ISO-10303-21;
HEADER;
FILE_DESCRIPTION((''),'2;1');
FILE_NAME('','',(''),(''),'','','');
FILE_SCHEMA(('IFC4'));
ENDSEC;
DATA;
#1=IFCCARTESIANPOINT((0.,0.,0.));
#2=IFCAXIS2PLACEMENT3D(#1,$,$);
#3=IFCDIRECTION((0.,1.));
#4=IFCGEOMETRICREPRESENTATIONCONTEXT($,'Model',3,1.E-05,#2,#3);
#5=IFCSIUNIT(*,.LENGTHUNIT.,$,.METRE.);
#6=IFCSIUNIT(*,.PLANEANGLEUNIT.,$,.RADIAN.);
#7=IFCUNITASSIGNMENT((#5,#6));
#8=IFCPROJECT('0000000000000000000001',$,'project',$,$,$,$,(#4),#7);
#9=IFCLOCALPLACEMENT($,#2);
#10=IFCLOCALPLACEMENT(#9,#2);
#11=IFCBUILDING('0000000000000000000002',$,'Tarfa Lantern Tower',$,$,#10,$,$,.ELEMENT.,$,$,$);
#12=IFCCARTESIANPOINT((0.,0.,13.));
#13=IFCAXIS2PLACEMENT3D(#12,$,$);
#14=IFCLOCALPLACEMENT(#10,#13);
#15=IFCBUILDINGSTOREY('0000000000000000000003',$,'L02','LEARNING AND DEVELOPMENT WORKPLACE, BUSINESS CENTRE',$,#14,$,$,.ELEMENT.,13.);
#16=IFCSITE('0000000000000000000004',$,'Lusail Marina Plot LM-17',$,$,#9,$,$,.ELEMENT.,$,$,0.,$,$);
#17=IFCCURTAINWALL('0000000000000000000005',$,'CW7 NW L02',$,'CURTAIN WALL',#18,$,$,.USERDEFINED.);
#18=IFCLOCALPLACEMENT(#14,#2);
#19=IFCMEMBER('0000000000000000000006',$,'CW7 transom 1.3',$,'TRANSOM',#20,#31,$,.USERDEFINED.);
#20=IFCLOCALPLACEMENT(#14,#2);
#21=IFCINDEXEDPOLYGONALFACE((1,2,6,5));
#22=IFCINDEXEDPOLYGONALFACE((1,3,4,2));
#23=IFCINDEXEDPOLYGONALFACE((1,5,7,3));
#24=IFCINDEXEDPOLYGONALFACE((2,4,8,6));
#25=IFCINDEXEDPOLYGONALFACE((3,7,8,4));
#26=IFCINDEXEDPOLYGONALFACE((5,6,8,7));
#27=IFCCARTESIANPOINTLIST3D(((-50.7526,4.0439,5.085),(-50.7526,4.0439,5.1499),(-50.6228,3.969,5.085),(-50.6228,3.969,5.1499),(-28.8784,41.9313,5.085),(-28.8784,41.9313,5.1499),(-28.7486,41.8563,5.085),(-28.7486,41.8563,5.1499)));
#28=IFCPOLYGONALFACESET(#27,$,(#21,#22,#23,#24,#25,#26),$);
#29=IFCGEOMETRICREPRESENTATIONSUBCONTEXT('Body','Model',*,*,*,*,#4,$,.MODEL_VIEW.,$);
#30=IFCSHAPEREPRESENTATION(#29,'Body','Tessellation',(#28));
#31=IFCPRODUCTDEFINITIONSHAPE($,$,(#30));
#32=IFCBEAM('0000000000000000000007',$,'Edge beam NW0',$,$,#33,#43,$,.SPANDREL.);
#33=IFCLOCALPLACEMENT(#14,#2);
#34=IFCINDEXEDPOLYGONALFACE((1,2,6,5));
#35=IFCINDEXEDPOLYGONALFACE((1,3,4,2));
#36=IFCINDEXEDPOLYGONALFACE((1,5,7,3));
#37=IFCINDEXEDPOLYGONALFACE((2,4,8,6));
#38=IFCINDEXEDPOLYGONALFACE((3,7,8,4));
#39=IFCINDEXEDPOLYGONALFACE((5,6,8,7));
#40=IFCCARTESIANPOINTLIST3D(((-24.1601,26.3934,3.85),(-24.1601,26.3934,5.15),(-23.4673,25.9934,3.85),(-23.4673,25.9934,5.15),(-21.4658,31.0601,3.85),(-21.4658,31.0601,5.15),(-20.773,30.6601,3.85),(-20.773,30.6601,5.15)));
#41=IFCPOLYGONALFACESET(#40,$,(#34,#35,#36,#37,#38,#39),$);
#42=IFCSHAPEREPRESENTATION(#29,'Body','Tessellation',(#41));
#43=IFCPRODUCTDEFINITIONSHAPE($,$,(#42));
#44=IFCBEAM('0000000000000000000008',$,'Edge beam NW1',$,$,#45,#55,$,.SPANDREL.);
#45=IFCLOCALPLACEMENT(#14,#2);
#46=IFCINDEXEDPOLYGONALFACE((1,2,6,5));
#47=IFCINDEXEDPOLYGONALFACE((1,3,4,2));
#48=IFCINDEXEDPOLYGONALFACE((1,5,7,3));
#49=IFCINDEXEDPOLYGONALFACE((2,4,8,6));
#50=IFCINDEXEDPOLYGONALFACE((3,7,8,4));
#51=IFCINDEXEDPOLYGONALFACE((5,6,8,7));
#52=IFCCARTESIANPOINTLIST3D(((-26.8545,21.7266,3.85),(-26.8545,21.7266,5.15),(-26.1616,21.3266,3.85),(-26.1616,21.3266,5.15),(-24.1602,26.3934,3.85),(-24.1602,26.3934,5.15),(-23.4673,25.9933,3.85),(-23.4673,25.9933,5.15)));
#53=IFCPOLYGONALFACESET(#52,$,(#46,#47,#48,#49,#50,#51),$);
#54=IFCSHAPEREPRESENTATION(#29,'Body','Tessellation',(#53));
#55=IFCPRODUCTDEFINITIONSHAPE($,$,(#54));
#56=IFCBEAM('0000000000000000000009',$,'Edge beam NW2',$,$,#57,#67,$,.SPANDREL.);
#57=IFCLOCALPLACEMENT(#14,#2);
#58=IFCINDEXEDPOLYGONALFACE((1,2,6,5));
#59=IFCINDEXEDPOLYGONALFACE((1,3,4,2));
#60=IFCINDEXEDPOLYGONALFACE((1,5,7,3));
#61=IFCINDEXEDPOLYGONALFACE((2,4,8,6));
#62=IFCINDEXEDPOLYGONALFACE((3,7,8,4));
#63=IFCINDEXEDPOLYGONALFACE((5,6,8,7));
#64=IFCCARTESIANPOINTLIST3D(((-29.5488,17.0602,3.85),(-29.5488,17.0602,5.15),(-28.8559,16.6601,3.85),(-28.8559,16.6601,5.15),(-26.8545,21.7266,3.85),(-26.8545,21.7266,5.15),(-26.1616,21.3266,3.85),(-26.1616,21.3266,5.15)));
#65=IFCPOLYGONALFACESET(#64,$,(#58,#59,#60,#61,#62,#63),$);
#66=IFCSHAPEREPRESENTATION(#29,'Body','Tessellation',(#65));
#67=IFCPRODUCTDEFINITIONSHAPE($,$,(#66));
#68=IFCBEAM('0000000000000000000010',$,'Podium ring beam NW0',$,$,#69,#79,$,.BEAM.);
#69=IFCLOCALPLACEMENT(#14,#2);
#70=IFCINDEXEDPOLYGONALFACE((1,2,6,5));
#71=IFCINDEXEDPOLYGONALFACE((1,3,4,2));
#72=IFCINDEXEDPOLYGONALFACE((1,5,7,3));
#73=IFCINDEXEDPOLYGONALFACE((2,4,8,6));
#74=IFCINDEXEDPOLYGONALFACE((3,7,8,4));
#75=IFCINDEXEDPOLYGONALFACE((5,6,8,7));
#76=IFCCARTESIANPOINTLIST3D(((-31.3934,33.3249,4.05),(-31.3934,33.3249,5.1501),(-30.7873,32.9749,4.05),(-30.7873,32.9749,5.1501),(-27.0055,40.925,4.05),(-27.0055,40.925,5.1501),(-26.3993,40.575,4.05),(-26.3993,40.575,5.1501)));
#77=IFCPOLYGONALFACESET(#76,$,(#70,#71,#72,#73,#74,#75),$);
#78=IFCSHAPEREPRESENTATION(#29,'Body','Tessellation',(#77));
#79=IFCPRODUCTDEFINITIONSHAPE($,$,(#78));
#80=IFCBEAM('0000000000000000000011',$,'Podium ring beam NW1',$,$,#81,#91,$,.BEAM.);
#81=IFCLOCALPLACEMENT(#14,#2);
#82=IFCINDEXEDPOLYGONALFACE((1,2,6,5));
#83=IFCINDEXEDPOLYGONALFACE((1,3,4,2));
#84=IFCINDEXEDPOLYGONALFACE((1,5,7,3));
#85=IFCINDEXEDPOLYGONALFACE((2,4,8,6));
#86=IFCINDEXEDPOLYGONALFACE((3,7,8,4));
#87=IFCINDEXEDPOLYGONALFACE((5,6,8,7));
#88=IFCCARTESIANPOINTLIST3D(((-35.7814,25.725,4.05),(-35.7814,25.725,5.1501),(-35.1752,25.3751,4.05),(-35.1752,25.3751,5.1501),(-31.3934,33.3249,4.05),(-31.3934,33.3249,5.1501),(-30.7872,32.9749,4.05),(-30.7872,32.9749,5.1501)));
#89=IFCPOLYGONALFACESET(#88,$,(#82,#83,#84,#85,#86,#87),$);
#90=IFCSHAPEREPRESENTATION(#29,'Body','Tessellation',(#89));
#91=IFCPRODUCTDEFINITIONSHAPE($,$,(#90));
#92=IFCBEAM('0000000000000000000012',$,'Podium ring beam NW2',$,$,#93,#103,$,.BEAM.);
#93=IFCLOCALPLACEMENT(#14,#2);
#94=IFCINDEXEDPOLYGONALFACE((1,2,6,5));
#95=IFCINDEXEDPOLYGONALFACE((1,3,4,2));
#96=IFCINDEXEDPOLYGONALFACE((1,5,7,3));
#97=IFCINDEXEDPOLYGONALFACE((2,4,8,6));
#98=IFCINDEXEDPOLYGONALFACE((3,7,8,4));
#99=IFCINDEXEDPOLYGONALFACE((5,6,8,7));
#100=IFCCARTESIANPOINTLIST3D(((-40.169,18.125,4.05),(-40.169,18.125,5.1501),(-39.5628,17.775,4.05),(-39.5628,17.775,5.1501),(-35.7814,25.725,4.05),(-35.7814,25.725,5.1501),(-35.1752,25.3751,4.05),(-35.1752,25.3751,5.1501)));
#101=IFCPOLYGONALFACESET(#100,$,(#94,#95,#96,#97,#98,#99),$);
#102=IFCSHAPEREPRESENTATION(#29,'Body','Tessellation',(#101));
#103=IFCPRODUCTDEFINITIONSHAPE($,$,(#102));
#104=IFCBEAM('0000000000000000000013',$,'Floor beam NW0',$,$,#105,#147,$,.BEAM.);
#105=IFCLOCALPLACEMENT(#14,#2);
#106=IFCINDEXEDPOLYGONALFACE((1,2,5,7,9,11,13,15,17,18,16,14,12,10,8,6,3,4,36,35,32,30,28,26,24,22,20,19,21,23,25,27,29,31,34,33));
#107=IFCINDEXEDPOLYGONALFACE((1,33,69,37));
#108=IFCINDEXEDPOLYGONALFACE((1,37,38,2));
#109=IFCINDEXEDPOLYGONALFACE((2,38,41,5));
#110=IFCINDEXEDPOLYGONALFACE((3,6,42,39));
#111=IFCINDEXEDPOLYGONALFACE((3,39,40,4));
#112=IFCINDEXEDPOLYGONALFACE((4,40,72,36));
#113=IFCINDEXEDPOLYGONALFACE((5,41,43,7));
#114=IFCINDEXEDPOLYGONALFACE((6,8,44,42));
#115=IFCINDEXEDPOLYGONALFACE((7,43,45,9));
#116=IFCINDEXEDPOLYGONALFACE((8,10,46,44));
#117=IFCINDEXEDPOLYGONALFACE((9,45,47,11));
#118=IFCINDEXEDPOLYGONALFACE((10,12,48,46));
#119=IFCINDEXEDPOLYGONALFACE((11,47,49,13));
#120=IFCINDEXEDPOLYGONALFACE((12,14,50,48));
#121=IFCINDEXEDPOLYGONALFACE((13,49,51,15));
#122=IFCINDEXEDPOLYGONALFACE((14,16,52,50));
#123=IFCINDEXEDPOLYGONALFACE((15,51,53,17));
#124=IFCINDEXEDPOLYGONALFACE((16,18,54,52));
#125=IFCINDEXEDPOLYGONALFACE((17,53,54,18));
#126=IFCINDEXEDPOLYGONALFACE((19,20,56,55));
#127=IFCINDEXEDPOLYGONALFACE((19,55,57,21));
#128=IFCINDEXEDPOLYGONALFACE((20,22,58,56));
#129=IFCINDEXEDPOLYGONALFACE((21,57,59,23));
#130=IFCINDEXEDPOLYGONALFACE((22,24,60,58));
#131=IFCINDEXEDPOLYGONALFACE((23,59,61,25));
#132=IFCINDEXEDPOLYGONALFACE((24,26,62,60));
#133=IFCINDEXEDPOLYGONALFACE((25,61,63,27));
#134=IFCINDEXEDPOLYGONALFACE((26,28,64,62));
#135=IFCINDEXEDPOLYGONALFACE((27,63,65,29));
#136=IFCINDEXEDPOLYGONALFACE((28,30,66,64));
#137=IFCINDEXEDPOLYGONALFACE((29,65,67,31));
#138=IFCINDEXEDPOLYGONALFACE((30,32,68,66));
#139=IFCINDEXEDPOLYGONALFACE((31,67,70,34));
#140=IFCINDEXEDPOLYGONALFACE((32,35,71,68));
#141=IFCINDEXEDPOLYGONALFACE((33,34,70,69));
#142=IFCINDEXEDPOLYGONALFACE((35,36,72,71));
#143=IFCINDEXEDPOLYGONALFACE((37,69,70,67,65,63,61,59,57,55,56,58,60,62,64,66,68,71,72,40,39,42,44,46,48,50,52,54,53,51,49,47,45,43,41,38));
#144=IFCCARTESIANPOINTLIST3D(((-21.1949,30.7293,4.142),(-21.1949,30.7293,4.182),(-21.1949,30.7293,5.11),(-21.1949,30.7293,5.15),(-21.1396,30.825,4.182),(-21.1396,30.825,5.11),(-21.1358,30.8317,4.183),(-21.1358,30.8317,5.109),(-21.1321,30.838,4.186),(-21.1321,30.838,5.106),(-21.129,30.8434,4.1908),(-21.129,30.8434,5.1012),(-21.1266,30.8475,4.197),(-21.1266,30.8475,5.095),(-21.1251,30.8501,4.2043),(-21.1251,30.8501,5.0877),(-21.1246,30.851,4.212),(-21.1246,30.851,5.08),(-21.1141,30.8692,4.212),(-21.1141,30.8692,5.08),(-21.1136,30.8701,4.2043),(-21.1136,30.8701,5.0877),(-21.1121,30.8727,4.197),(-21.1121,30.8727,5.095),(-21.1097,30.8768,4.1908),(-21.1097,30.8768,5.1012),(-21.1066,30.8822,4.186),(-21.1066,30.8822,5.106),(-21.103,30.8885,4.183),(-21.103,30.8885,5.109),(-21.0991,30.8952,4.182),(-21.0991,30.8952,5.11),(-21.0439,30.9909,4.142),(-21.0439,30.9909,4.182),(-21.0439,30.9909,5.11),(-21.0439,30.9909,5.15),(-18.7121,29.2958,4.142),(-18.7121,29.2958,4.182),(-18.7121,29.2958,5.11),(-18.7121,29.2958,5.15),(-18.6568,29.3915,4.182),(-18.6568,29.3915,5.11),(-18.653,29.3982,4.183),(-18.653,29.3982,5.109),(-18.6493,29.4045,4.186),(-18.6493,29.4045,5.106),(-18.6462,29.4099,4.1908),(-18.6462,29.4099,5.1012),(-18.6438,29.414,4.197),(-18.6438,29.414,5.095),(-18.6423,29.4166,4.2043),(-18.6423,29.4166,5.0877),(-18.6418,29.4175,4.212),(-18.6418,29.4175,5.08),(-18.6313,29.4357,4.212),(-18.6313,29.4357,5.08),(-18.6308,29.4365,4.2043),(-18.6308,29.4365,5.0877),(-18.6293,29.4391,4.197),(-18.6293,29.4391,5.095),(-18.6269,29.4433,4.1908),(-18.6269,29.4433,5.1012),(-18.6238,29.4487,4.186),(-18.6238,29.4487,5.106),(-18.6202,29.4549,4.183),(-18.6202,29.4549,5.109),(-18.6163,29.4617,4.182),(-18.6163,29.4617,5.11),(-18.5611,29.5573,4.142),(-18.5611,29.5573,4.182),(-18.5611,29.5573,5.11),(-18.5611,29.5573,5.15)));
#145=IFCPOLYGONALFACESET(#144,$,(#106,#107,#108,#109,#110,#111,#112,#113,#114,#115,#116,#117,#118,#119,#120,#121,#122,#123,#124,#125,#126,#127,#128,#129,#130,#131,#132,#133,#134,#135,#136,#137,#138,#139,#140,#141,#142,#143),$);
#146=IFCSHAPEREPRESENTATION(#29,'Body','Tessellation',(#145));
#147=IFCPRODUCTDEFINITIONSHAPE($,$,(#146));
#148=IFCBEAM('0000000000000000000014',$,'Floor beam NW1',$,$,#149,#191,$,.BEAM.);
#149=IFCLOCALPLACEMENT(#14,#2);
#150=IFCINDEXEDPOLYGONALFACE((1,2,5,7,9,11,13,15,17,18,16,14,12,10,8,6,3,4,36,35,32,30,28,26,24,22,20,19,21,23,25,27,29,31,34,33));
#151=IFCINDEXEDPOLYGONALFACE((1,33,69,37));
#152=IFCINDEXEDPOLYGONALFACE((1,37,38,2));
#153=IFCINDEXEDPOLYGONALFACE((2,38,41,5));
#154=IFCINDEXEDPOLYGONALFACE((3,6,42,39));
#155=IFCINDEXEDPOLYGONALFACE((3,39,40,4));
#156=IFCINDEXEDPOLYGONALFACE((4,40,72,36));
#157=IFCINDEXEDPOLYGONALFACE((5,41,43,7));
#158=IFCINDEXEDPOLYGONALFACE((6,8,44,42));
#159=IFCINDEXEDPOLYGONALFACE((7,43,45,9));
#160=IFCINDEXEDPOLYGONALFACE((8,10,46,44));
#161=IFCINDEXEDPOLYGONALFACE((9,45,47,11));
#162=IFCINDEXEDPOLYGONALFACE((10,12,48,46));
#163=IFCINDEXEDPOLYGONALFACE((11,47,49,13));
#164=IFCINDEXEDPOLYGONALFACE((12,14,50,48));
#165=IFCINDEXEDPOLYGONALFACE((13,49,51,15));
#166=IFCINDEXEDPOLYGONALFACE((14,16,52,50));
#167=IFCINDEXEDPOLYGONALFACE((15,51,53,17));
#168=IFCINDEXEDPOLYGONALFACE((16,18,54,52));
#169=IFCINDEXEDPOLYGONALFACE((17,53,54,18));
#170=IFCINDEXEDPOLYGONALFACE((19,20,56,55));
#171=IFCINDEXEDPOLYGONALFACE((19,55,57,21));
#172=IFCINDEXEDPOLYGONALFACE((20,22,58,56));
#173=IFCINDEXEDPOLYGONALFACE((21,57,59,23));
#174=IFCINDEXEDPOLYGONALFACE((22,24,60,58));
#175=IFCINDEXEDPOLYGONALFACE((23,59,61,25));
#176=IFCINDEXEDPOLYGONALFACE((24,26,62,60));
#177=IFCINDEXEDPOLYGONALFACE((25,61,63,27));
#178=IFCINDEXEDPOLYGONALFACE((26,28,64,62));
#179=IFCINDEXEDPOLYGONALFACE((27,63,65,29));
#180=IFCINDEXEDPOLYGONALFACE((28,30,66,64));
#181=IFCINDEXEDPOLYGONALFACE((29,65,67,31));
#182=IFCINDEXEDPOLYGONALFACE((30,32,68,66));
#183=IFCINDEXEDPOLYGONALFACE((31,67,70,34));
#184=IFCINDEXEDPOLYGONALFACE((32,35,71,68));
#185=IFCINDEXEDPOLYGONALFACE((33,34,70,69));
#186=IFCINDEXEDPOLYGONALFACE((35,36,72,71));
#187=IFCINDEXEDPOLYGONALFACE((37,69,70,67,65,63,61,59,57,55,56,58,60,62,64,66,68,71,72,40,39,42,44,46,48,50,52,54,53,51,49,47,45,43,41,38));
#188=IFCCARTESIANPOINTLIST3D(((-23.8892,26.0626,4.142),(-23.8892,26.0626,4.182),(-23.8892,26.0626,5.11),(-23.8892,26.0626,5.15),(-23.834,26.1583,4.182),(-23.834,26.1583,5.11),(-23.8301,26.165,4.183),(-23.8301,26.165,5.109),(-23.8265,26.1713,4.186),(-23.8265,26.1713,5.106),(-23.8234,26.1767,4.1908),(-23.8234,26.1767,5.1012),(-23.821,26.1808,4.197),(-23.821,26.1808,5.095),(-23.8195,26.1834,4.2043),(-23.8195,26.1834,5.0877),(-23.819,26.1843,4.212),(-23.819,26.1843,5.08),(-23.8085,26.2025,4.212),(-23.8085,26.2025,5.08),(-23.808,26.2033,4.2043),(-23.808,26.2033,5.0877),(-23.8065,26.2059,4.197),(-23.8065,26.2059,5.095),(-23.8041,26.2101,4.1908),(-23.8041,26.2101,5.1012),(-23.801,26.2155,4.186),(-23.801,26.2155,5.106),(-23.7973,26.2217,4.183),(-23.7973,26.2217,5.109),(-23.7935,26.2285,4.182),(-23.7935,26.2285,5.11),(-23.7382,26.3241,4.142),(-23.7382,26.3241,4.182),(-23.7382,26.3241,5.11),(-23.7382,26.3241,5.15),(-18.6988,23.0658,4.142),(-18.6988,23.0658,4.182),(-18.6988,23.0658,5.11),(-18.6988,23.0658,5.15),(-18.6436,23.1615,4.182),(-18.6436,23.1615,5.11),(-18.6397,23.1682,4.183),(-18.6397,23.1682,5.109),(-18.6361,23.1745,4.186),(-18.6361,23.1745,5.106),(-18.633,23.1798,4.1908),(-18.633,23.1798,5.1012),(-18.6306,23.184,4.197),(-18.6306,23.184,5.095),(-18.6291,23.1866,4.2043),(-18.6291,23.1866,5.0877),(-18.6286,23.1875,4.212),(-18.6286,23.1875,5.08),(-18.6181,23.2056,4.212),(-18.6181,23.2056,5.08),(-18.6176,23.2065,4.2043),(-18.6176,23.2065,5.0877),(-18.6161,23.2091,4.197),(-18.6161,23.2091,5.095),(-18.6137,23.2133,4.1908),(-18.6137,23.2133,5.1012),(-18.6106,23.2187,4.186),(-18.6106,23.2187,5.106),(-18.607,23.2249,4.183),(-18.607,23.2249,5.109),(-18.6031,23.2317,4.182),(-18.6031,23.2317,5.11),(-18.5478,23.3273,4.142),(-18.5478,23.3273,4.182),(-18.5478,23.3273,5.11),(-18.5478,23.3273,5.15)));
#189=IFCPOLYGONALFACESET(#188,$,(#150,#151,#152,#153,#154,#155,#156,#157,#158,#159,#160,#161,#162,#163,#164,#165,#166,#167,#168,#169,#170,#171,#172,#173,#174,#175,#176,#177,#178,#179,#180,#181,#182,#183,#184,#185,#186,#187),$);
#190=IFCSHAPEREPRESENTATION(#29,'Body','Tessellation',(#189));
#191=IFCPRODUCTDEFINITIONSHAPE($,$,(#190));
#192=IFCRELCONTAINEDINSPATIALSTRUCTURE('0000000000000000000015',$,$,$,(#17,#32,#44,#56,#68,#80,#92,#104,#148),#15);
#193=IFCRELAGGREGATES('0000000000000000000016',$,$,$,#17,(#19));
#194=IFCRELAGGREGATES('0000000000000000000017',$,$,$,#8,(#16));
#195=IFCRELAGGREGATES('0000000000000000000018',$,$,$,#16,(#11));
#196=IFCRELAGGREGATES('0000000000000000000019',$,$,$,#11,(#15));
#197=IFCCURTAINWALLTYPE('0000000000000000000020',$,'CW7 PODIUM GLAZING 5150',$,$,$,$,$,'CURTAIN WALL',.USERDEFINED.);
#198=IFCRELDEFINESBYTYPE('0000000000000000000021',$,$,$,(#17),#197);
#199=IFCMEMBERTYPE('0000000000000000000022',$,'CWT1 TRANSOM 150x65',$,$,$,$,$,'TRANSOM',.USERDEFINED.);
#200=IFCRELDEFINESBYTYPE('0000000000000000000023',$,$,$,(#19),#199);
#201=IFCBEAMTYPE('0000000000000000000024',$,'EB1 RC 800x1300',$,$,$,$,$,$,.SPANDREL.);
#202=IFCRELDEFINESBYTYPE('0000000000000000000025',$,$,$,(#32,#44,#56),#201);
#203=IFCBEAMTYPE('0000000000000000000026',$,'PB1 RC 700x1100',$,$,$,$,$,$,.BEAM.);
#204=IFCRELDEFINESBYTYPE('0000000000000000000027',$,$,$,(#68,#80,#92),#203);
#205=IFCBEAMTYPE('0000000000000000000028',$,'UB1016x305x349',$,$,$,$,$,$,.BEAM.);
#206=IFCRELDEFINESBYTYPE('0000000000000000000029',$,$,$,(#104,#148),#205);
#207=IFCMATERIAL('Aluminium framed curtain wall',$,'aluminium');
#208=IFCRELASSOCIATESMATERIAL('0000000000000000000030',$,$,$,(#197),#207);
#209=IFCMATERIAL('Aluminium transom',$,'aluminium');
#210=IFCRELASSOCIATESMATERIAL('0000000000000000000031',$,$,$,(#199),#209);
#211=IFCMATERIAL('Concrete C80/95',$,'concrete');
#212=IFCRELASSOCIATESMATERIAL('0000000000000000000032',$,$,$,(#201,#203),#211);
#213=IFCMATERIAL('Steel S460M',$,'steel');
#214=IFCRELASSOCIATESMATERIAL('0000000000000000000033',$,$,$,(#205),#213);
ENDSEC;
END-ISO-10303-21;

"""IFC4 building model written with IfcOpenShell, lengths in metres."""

from ifc_helpers import new_model, si_unit, direction, frame, origin, origin_2d, place, context, subcontext, project, spatial, rectangle, i_section, extrude, material, material_profile, profile_set, type_object, element, aggregate, save


model = new_model("IFC4")

# Units and contexts
model_context = context("Model", 3, precision=1e-05, world=origin(), true_north=direction((0.0, 1.0)))
body_context = subcontext(model_context, "Body", "Model", "MODEL_VIEW")
ifc_project = project(units=[si_unit("LENGTHUNIT", "METRE"), si_unit("PLANEANGLEUNIT", "RADIAN")], contexts=[model_context])

# Site, building, storey
site_placement = place(None, origin())
site = spatial("IfcSite", under=ifc_project, at=site_placement, Name="Lusail Marina Plot LM-17", CompositionType="ELEMENT", RefElevation=0.0)
building_placement = place(site_placement, origin())
building = spatial("IfcBuilding", under=site, at=building_placement, Name="Tarfa Lantern Tower", CompositionType="ELEMENT")
storey_placement = place(building_placement, frame((0.0, 0.0, 13.0)))
storey = spatial("IfcBuildingStorey", under=building, at=storey_placement, Name="L02", Description="LEARNING AND DEVELOPMENT WORKPLACE, BUSINESS CENTRE", CompositionType="ELEMENT", Elevation=13.0)

# Shared definitions
ifc_material_1 = material(Name="Concrete C80/95", Category="concrete")

# Shared definitions
ifc_material_2 = material(Name="Aluminium framed curtain wall", Category="aluminium")
curtain_wall_type = type_object("IfcCurtainWallType", Name="CW7 PODIUM GLAZING 5150", ElementType="CURTAIN WALL", PredefinedType="USERDEFINED", material=ifc_material_2)

# Curtain wall, member
curtain_wall_1_placement = place(storey_placement, origin())
curtain_wall_1 = element("IfcCurtainWall", 1, at=curtain_wall_1_placement, inside=storey, type_object=curtain_wall_type, Name="CW7 NW L02", ObjectType="CURTAIN WALL", PredefinedType="USERDEFINED")
ifc_material_3 = material(Name="Aluminium transom", Category="aluminium")
ifc_material_profile_1 = material_profile(ifc_material_3, rectangle(XDim=0.1499, YDim=0.0649, at=origin_2d()), Name="AL TRANSOM 150x65")
ifc_profile_set_1 = profile_set([ifc_material_profile_1], Name="Aluminium transom")
member_type_1 = type_object("IfcMemberType", Name="CWT1 TRANSOM 150x65", ElementType="TRANSOM", PredefinedType="USERDEFINED", material=ifc_profile_set_1)
member_1_placement = place(storey_placement, frame((-28.8135, 41.8938, 5.1174), z_axis=(-0.499999, -0.866026, 0.0), x_axis=(0.866026, -0.499999, 0.0)))
member_1 = element("IfcMember", 2, at=member_1_placement, type_object=member_type_1, Name="CW7 transom 1.3", ObjectType="TRANSOM", PredefinedType="USERDEFINED", context=body_context, shape_type="SweptSolid", body=[
    extrude(rectangle(XDim=0.1499, YDim=0.0649, at=origin_2d()), origin(), (0.0, 0.0, 1.0), 43.7485),
])

# Beams
ifc_material_profile_2 = material_profile(ifc_material_1, rectangle(XDim=0.8, YDim=1.3, at=origin_2d()), Name="RC 800x1300")
ifc_profile_set_2 = profile_set([ifc_material_profile_2], Name="Concrete C80/95")
beam_type_1 = type_object("IfcBeamType", Name="EB1 RC 800x1300", PredefinedType="SPANDREL", material=ifc_profile_set_2)
for number, where, z_axis, x_axis, name in (
    (3, (-21.1194, 30.8601, 4.5), (-0.499998, -0.866026, 0.0), (0.866026, -0.499998, 0.0), "Edge beam NW0"),
    (4, (-23.8137, 26.1934, 4.5), (-0.499998, -0.866026, 0.0), (0.866026, -0.499998, 0.0), "Edge beam NW1"),
):
    element("IfcBeam", number, at=place(storey_placement, frame(where, z_axis=z_axis, x_axis=x_axis)), inside=storey, type_object=beam_type_1, Name=name, PredefinedType="SPANDREL", context=body_context, shape_type="SweptSolid", body=[
        extrude(rectangle(XDim=0.8, YDim=1.3, at=origin_2d()), origin(), (0.0, 0.0, 1.0), 5.3887),
    ])
beam_1_placement = place(storey_placement, frame((-26.5081, 21.5266, 4.5), z_axis=(-0.500018, -0.866015, 0.0), x_axis=(0.866015, -0.500018, 0.0)))
element("IfcBeam", 5, at=beam_1_placement, inside=storey, type_object=beam_type_1, Name="Edge beam NW2", PredefinedType="SPANDREL", context=body_context, shape_type="SweptSolid", body=[
    extrude(rectangle(XDim=0.8, YDim=1.3, at=origin_2d()), origin(), (0.0, 0.0, 1.0), 5.3884),
])
ifc_material_profile_3 = material_profile(ifc_material_1, rectangle(XDim=0.7, YDim=1.1001, at=origin_2d()), Name="RC 700x1100")
ifc_profile_set_3 = profile_set([ifc_material_profile_3], Name="Concrete C80/95")
beam_type_2 = type_object("IfcBeamType", Name="PB1 RC 700x1100", PredefinedType="BEAM", material=ifc_profile_set_3)
beam_2_placement = place(storey_placement, frame((-26.7024, 40.75, 4.6001), z_axis=(-0.500002, -0.866024, 0.0), x_axis=(0.866024, -0.500002, 0.0)))
element("IfcBeam", 6, at=beam_2_placement, inside=storey, type_object=beam_type_2, Name="Podium ring beam NW0", PredefinedType="BEAM", context=body_context, shape_type="SweptSolid", body=[
    extrude(rectangle(XDim=0.7, YDim=1.1001, at=origin_2d()), origin(), (0.0, 0.0, 1.0), 8.7759),
])
for number, where, z_axis, x_axis, name in (
    (7, (-31.0903, 33.1499, 4.6001), (-0.500014, -0.866017, 0.0), (0.866017, -0.500014, 0.0), "Podium ring beam NW1"),
    (8, (-35.4783, 25.55, 4.6001), (-0.499981, -0.866036, 0.0), (0.866036, -0.499981, 0.0), "Podium ring beam NW2"),
):
    element("IfcBeam", number, at=place(storey_placement, frame(where, z_axis=z_axis, x_axis=x_axis)), inside=storey, type_object=beam_type_2, Name=name, PredefinedType="BEAM", context=body_context, shape_type="SweptSolid", body=[
        extrude(rectangle(XDim=0.7, YDim=1.1001, at=origin_2d()), origin(), (0.0, 0.0, 1.0), 8.7756),
    ])
ifc_material_4 = material(Name="Steel S460M", Category="steel")
ifc_material_profile_4 = material_profile(ifc_material_4, i_section(OverallWidth=0.302, OverallDepth=1.0081, WebThickness=0.021, FlangeThickness=0.04, FilletRadius=0.03, at=origin_2d()), Name="UB1016x305x349")
ifc_profile_set_4 = profile_set([ifc_material_profile_4], Name="Steel S460M")
beam_type_3 = type_object("IfcBeamType", Name="UB1016x305x349", PredefinedType="BEAM", material=ifc_profile_set_4)
beam_3_placement = place(storey_placement, frame((-21.1194, 30.8601, 4.646), z_axis=(0.866013, -0.500022, 0.0), x_axis=(0.500022, 0.866013, 0.0)))
element("IfcBeam", 9, at=beam_3_placement, inside=storey, type_object=beam_type_3, Name="Floor beam NW0", PredefinedType="BEAM", context=body_context, shape_type="SweptSolid", body=[
    extrude(i_section(OverallWidth=0.302, OverallDepth=1.0081, WebThickness=0.021, FlangeThickness=0.04, FilletRadius=0.03, at=origin_2d()), origin(), (0.0, 0.0, 1.0), 2.8669),
])
beam_4_placement = place(storey_placement, frame((-23.8137, 26.1934, 4.646), z_axis=(0.866016, -0.500016, 0.0), x_axis=(0.500016, 0.866016, 0.0)))
element("IfcBeam", 10, at=beam_4_placement, inside=storey, type_object=beam_type_3, Name="Floor beam NW1", PredefinedType="BEAM", context=body_context, shape_type="SweptSolid", body=[
    extrude(i_section(OverallWidth=0.302, OverallDepth=1.0081, WebThickness=0.021, FlangeThickness=0.04, FilletRadius=0.03, at=origin_2d()), origin(), (0.0, 0.0, 1.0), 5.9934),
])

aggregate(curtain_wall_1, [member_1])

save(model, "model.ifc")
